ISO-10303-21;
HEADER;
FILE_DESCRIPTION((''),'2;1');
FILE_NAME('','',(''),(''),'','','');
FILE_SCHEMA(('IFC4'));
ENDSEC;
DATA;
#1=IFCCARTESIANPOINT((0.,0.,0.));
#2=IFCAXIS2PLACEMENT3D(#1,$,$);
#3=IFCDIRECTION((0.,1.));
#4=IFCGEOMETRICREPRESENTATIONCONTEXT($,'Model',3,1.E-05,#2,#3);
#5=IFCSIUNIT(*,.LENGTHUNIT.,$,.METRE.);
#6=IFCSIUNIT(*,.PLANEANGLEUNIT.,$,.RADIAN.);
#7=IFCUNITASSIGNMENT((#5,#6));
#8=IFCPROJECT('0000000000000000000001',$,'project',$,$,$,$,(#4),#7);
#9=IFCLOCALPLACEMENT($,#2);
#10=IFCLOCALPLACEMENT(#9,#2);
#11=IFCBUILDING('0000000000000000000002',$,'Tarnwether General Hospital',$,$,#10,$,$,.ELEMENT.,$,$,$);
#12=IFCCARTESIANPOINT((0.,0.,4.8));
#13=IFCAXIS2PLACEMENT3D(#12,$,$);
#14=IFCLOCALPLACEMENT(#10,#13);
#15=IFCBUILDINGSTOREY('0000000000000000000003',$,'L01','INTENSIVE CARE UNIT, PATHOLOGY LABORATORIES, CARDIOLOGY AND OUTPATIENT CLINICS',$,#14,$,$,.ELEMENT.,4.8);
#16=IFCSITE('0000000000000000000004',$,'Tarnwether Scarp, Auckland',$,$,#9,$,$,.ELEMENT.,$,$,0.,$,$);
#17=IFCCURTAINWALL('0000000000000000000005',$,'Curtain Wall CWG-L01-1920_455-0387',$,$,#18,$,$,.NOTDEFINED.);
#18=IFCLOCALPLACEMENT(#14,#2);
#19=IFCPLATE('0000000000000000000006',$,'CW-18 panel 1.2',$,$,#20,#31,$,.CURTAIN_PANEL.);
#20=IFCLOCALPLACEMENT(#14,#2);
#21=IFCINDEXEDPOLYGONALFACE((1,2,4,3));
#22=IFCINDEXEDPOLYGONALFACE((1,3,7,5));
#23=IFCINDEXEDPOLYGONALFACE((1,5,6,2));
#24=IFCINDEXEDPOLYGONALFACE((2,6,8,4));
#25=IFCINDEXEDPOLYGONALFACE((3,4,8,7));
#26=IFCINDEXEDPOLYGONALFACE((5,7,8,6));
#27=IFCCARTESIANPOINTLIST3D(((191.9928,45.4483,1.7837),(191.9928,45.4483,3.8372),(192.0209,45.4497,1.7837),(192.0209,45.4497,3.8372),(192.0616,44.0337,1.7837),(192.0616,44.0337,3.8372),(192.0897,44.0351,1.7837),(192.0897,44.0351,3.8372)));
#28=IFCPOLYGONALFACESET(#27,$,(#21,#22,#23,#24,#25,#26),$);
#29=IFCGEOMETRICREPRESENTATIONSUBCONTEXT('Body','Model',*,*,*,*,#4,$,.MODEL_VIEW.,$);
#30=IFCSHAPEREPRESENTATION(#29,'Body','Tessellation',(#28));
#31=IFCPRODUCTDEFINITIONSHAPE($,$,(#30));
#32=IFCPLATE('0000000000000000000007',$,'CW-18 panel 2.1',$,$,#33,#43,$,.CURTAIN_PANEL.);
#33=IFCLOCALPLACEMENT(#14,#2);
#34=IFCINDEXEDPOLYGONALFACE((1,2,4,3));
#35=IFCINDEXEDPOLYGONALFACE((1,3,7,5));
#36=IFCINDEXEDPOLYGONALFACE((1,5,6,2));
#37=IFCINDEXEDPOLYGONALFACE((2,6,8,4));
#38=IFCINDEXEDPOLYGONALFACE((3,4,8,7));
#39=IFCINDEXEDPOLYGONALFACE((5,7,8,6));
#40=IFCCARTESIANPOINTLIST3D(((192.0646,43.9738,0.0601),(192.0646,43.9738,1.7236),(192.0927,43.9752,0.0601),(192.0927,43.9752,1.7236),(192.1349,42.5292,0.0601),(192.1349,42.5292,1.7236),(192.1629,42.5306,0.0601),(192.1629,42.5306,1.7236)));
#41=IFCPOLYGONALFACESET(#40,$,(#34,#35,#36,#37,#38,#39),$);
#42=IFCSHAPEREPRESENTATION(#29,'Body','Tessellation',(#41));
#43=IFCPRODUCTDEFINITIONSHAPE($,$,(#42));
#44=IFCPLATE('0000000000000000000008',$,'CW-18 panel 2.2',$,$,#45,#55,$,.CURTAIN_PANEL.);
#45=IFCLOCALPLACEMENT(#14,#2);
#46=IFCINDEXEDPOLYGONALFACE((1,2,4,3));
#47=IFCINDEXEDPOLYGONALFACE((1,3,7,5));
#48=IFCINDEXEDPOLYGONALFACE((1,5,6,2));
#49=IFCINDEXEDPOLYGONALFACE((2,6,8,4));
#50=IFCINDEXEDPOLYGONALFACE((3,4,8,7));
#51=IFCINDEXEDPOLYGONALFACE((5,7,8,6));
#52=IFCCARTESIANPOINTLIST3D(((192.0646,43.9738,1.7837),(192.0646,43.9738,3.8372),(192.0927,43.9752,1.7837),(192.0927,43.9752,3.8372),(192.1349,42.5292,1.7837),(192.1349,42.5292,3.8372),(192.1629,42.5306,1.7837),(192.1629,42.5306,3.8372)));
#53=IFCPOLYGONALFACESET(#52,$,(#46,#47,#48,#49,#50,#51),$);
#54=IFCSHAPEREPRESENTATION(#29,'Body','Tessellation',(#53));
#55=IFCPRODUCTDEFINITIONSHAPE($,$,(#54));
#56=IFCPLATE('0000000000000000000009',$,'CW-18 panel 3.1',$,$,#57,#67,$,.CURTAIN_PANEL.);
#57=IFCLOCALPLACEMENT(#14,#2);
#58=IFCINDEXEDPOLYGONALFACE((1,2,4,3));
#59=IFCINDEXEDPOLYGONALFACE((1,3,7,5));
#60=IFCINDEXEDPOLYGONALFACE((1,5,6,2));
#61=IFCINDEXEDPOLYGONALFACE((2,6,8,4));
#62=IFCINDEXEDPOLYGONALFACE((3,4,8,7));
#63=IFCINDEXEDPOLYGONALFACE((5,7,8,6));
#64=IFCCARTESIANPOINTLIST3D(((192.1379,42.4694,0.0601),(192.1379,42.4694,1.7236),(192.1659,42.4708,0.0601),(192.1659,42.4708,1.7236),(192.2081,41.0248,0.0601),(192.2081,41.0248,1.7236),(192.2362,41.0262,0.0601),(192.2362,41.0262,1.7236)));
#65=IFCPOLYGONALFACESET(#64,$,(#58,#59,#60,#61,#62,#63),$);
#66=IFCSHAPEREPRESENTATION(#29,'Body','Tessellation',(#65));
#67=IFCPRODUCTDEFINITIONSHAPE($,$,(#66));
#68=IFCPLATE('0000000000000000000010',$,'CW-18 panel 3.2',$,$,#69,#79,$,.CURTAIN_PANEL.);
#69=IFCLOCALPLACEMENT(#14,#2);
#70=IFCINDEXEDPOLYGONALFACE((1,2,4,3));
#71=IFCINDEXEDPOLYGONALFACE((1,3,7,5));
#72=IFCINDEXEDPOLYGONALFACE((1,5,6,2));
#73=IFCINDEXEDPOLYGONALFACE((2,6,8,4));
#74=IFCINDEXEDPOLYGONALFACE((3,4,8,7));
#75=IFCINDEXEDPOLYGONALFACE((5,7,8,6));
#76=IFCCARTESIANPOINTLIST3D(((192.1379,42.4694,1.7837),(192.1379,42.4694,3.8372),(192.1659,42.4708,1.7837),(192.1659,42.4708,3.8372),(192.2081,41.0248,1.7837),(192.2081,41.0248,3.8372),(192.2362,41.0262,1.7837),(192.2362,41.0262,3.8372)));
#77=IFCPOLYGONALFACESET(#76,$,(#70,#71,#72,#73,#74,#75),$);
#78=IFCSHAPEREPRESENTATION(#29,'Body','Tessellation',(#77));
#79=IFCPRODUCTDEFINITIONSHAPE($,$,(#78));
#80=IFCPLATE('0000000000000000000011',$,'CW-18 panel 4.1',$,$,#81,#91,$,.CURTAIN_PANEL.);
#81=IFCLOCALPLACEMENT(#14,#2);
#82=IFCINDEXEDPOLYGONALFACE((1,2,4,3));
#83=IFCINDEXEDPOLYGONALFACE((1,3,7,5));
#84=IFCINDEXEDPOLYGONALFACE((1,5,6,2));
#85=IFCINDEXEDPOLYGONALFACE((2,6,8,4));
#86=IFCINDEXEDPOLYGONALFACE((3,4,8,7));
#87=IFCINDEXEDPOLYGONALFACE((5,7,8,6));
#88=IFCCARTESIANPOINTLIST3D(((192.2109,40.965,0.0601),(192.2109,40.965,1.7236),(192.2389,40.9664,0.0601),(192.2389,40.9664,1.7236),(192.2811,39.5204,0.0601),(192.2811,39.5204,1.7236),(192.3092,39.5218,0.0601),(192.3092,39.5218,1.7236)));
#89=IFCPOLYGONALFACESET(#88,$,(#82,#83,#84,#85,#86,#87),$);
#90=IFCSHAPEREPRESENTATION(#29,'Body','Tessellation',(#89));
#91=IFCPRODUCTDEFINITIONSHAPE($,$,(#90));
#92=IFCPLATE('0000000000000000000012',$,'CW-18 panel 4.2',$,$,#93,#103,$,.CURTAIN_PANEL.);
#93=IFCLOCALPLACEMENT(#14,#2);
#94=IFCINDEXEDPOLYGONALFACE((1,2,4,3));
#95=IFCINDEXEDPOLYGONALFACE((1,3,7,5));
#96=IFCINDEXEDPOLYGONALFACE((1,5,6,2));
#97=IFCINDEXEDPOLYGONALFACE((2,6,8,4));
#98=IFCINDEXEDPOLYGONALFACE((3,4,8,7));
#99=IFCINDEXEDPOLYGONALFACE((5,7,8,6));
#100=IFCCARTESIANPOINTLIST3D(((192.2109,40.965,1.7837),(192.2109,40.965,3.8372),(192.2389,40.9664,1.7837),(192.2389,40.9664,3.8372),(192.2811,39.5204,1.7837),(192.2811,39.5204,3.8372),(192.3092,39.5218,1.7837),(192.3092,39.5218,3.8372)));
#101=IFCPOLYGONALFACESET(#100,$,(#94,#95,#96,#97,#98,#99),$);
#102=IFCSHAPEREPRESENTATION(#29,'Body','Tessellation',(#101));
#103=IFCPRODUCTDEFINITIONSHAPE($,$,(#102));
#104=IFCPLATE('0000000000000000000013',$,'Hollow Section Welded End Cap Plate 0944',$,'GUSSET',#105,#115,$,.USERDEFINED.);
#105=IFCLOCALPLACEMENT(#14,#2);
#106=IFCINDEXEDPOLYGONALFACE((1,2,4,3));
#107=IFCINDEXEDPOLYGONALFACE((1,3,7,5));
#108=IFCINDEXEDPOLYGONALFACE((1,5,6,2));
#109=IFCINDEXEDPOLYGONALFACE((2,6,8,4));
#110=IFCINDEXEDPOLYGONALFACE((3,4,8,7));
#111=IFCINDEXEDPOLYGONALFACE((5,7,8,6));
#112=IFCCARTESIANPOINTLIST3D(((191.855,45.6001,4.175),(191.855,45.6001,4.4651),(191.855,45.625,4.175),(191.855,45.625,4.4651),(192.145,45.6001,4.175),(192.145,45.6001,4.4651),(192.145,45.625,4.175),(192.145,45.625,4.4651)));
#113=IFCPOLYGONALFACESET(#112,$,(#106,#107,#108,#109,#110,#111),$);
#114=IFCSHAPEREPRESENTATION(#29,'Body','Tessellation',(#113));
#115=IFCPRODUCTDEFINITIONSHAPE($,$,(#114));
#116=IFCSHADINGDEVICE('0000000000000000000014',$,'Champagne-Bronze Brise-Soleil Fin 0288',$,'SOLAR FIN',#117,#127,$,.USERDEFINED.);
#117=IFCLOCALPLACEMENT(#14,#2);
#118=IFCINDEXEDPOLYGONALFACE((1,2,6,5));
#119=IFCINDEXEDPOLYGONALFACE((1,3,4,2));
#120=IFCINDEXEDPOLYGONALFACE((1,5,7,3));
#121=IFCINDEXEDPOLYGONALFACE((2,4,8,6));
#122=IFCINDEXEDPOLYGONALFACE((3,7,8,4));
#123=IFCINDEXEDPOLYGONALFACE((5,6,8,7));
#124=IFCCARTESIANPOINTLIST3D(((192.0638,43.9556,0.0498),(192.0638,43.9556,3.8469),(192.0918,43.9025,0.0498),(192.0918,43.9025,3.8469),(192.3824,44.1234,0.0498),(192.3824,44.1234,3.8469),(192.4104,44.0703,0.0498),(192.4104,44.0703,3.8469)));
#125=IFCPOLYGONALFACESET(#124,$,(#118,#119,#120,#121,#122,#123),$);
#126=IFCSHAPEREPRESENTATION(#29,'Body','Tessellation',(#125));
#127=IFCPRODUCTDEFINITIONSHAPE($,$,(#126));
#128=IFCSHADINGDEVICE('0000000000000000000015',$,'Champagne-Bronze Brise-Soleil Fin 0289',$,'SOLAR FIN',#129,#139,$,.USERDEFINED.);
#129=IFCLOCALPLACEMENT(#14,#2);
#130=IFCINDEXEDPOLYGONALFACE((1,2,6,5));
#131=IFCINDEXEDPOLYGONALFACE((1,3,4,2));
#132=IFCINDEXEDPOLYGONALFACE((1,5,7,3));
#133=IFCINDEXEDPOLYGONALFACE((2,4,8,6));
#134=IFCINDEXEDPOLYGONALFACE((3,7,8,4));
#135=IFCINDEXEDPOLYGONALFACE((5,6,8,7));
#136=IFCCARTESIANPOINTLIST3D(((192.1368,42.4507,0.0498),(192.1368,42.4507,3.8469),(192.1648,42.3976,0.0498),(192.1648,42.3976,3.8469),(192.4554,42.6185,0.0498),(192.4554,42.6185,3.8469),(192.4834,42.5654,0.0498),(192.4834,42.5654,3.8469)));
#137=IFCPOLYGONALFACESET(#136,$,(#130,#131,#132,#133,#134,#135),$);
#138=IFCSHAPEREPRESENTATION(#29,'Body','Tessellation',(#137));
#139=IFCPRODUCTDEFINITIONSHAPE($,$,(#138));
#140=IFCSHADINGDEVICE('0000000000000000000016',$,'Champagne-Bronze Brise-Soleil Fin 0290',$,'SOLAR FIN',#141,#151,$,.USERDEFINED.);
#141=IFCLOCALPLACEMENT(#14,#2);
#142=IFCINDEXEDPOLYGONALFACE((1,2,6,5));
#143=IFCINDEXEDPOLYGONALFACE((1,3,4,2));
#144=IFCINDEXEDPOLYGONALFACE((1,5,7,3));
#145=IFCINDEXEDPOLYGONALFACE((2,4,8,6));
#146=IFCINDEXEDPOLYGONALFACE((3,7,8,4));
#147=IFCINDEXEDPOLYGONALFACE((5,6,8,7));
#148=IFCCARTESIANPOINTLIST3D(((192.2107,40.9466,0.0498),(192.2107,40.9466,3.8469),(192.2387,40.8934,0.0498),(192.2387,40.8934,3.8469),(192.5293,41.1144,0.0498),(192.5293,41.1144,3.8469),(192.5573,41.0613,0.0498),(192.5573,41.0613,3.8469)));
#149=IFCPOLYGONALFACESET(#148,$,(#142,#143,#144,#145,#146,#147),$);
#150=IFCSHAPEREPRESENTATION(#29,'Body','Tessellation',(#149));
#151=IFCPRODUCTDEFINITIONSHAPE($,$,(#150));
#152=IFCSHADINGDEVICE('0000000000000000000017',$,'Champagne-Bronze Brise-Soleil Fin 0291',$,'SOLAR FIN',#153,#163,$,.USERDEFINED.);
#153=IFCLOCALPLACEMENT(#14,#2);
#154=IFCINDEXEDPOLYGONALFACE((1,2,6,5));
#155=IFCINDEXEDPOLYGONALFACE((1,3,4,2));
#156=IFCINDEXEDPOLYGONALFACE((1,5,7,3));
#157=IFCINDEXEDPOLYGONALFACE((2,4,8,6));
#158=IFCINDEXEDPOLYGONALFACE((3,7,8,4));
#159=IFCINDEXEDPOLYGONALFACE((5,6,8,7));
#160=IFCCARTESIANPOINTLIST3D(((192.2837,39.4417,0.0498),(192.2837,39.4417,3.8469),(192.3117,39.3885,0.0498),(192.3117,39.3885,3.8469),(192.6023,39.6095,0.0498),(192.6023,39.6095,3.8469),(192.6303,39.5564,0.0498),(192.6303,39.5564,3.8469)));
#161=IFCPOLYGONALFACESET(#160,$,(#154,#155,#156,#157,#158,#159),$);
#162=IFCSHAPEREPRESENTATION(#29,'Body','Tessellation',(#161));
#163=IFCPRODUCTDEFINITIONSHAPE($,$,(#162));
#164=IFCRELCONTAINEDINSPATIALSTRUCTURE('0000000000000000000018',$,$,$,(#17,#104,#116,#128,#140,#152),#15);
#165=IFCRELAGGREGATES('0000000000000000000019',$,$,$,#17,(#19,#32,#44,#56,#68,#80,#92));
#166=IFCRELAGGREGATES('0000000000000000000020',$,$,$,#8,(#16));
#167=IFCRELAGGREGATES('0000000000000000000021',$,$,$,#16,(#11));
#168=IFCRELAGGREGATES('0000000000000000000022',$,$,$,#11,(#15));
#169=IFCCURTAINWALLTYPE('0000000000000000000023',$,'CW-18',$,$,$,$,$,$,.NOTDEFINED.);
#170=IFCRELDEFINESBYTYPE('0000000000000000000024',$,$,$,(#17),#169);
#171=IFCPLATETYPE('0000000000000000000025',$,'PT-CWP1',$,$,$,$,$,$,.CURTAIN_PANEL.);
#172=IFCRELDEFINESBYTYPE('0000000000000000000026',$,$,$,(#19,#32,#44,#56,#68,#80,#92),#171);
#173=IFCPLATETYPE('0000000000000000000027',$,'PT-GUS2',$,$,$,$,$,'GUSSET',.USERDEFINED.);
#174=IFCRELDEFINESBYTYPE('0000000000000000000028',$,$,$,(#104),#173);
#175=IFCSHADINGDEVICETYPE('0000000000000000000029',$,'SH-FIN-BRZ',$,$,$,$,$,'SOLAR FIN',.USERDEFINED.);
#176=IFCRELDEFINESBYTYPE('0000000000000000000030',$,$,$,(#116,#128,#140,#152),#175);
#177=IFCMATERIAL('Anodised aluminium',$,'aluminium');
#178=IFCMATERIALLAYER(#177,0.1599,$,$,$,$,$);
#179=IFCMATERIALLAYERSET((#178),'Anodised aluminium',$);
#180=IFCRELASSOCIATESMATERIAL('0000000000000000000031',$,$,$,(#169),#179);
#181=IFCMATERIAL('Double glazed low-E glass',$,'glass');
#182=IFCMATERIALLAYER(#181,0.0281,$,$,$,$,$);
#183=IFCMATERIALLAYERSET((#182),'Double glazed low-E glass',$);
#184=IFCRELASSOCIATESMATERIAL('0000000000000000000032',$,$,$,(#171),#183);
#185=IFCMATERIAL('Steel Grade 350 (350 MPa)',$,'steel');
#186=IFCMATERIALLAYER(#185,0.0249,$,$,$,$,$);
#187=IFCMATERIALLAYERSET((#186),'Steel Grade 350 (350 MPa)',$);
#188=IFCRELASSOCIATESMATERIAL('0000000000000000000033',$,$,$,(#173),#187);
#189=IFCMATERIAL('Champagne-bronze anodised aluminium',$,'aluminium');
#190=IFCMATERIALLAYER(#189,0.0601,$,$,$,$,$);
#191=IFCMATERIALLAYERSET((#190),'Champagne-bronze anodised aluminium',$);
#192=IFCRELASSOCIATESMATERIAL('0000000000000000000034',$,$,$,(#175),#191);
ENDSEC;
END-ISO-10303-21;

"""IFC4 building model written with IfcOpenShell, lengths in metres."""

from ifc_helpers import new_model, si_unit, direction, frame, origin, origin_2d, place, context, subcontext, project, spatial, rectangle, extrude, material, layer, layer_set, type_object, element, aggregate, save


model = new_model("IFC4")

# Units and contexts
model_context = context("Model", 3, precision=1e-05, world=origin(), true_north=direction((0.0, 1.0)))
body_context = subcontext(model_context, "Body", "Model", "MODEL_VIEW")
ifc_project = project(units=[si_unit("LENGTHUNIT", "METRE"), si_unit("PLANEANGLEUNIT", "RADIAN")], contexts=[model_context])

# Site, building, storey
site_placement = place(None, origin())
site = spatial("IfcSite", under=ifc_project, at=site_placement, Name="Tarnwether Scarp, Auckland", CompositionType="ELEMENT", RefElevation=0.0)
building_placement = place(site_placement, origin())
building = spatial("IfcBuilding", under=site, at=building_placement, Name="Tarnwether General Hospital", CompositionType="ELEMENT")
storey_placement = place(building_placement, frame((0.0, 0.0, 4.8)))
storey = spatial("IfcBuildingStorey", under=building, at=storey_placement, Name="L01", Description="INTENSIVE CARE UNIT, PATHOLOGY LABORATORIES, CARDIOLOGY AND OUTPATIENT CLINICS", CompositionType="ELEMENT", Elevation=4.8)

# Curtain wall
ifc_material_1 = material(Name="Anodised aluminium", Category="aluminium")
ifc_layer_1 = layer(ifc_material_1, 0.1599)
ifc_layer_set_1 = layer_set([ifc_layer_1], Name="Anodised aluminium")
curtain_wall_type = type_object("IfcCurtainWallType", Name="CW-18", PredefinedType="NOTDEFINED", material=ifc_layer_set_1)
curtain_wall_1_placement = place(storey_placement, origin())
curtain_wall_1 = element("IfcCurtainWall", 1, at=curtain_wall_1_placement, inside=storey, type_object=curtain_wall_type, Name="Curtain Wall CWG-L01-1920_455-0387", PredefinedType="NOTDEFINED")

# Plates
ifc_material_2 = material(Name="Double glazed low-E glass", Category="glass")
ifc_layer_2 = layer(ifc_material_2, 0.0281)
ifc_layer_set_2 = layer_set([ifc_layer_2], Name="Double glazed low-E glass")
plate_type_1 = type_object("IfcPlateType", Name="PT-CWP1", PredefinedType="CURTAIN_PANEL", material=ifc_layer_set_2)
plate_1_placement = place(storey_placement, frame((192.0413, 44.7417, 1.7837), z_axis=(0.0, 0.0, 1.0), x_axis=(0.04857, -0.99882, 0.0)))
plate_1 = element("IfcPlate", 2, at=plate_1_placement, type_object=plate_type_1, Name="CW-18 panel 1.2", PredefinedType="CURTAIN_PANEL", context=body_context, shape_type="SweptSolid", body=[
    extrude(rectangle(XDim=1.4163, YDim=0.0281, at=origin_2d()), origin(), (0.0, 0.0, 1.0), 2.0535),
])
plate_2_placement = place(storey_placement, frame((192.1138, 43.2522, 0.0601), z_axis=(0.0, 0.0, 1.0), x_axis=(0.04857, -0.99882, 0.0)))
plate_2 = element("IfcPlate", 3, at=plate_2_placement, type_object=plate_type_1, Name="CW-18 panel 2.1", PredefinedType="CURTAIN_PANEL", context=body_context, shape_type="SweptSolid", body=[
    extrude(rectangle(XDim=1.4463, YDim=0.0281, at=origin_2d()), origin(), (0.0, 0.0, 1.0), 1.6636),
])
plate_3_placement = place(storey_placement, frame((192.1138, 43.2522, 1.7837), z_axis=(0.0, 0.0, 1.0), x_axis=(0.04857, -0.99882, 0.0)))
plate_3 = element("IfcPlate", 4, at=plate_3_placement, type_object=plate_type_1, Name="CW-18 panel 2.2", PredefinedType="CURTAIN_PANEL", context=body_context, shape_type="SweptSolid", body=[
    extrude(rectangle(XDim=1.4463, YDim=0.0281, at=origin_2d()), origin(), (0.0, 0.0, 1.0), 2.0535),
])
plate_4_placement = place(storey_placement, frame((192.187, 41.7478, 0.0601), z_axis=(0.0, 0.0, 1.0), x_axis=(0.04857, -0.99882, 0.0)))
plate_4 = element("IfcPlate", 5, at=plate_4_placement, type_object=plate_type_1, Name="CW-18 panel 3.1", PredefinedType="CURTAIN_PANEL", context=body_context, shape_type="SweptSolid", body=[
    extrude(rectangle(XDim=1.4463, YDim=0.0281, at=origin_2d()), origin(), (0.0, 0.0, 1.0), 1.6636),
])
plate_5_placement = place(storey_placement, frame((192.187, 41.7478, 1.7837), z_axis=(0.0, 0.0, 1.0), x_axis=(0.04857, -0.99882, 0.0)))
plate_5 = element("IfcPlate", 6, at=plate_5_placement, type_object=plate_type_1, Name="CW-18 panel 3.2", PredefinedType="CURTAIN_PANEL", context=body_context, shape_type="SweptSolid", body=[
    extrude(rectangle(XDim=1.4463, YDim=0.0281, at=origin_2d()), origin(), (0.0, 0.0, 1.0), 2.0535),
])
plate_6_placement = place(storey_placement, frame((192.26, 40.2434, 0.0601), z_axis=(0.0, 0.0, 1.0), x_axis=(0.04857, -0.99882, 0.0)))
plate_6 = element("IfcPlate", 7, at=plate_6_placement, type_object=plate_type_1, Name="CW-18 panel 4.1", PredefinedType="CURTAIN_PANEL", context=body_context, shape_type="SweptSolid", body=[
    extrude(rectangle(XDim=1.4463, YDim=0.0281, at=origin_2d()), origin(), (0.0, 0.0, 1.0), 1.6636),
])
plate_7_placement = place(storey_placement, frame((192.26, 40.2434, 1.7837), z_axis=(0.0, 0.0, 1.0), x_axis=(0.04857, -0.99882, 0.0)))
plate_7 = element("IfcPlate", 8, at=plate_7_placement, type_object=plate_type_1, Name="CW-18 panel 4.2", PredefinedType="CURTAIN_PANEL", context=body_context, shape_type="SweptSolid", body=[
    extrude(rectangle(XDim=1.4463, YDim=0.0281, at=origin_2d()), origin(), (0.0, 0.0, 1.0), 2.0535),
])
aggregate(curtain_wall_1, [plate_1, plate_2, plate_3, plate_4, plate_5, plate_6, plate_7])
ifc_material_3 = material(Name="Steel Grade 350 (350 MPa)", Category="steel")
ifc_layer_3 = layer(ifc_material_3, 0.0249)
ifc_layer_set_3 = layer_set([ifc_layer_3], Name="Steel Grade 350 (350 MPa)")
plate_type_2 = type_object("IfcPlateType", Name="PT-GUS2", ElementType="GUSSET", PredefinedType="USERDEFINED", material=ifc_layer_set_3)
plate_8_placement = place(storey_placement, frame((192.0, 45.6125, 4.175), z_axis=(0.0, 0.0, 1.0), x_axis=(0.0, 1.0, 0.0)))
element("IfcPlate", 9, at=plate_8_placement, inside=storey, type_object=plate_type_2, Name="Hollow Section Welded End Cap Plate 0944", ObjectType="GUSSET", PredefinedType="USERDEFINED", context=body_context, shape_type="SweptSolid", body=[
    extrude(rectangle(XDim=0.0249, YDim=0.29, at=origin_2d()), origin(), (0.0, 0.0, 1.0), 0.29),
])

# Shading devices
ifc_material_4 = material(Name="Champagne-bronze anodised aluminium", Category="aluminium")
ifc_layer_4 = layer(ifc_material_4, 0.0601)
ifc_layer_set_4 = layer_set([ifc_layer_4], Name="Champagne-bronze anodised aluminium")
shading_device_type = type_object("IfcShadingDeviceType", Name="SH-FIN-BRZ", ElementType="SOLAR FIN", PredefinedType="USERDEFINED", material=ifc_layer_set_4)
for number, where, z_axis, x_axis, name in (
    (10, (192.2371, 44.0129, 0.0498), (0.0, 0.0, 1.0), (0.466078, -0.884744, 0.0), "Champagne-Bronze Brise-Soleil Fin 0288"),
    (11, (192.3101, 42.5081, 0.0498), (0.0, 0.0, 1.0), (0.466078, -0.884744, 0.0), "Champagne-Bronze Brise-Soleil Fin 0289"),
    (12, (192.384, 41.0039, 0.0498), (0.0, 0.0, 1.0), (0.466078, -0.884744, 0.0), "Champagne-Bronze Brise-Soleil Fin 0290"),
    (13, (192.457, 39.499, 0.0498), (0.0, 0.0, 1.0), (0.466078, -0.884744, 0.0), "Champagne-Bronze Brise-Soleil Fin 0291"),
):
    element("IfcShadingDevice", number, at=place(storey_placement, frame(where, z_axis=z_axis, x_axis=x_axis)), inside=storey, type_object=shading_device_type, Name=name, ObjectType="SOLAR FIN", PredefinedType="USERDEFINED", context=body_context, shape_type="SweptSolid", body=[
        extrude(rectangle(XDim=0.0601, YDim=0.3601, at=origin_2d()), origin(), (0.0, 0.0, 1.0), 3.7971),
    ])

save(model, "model.ifc")
